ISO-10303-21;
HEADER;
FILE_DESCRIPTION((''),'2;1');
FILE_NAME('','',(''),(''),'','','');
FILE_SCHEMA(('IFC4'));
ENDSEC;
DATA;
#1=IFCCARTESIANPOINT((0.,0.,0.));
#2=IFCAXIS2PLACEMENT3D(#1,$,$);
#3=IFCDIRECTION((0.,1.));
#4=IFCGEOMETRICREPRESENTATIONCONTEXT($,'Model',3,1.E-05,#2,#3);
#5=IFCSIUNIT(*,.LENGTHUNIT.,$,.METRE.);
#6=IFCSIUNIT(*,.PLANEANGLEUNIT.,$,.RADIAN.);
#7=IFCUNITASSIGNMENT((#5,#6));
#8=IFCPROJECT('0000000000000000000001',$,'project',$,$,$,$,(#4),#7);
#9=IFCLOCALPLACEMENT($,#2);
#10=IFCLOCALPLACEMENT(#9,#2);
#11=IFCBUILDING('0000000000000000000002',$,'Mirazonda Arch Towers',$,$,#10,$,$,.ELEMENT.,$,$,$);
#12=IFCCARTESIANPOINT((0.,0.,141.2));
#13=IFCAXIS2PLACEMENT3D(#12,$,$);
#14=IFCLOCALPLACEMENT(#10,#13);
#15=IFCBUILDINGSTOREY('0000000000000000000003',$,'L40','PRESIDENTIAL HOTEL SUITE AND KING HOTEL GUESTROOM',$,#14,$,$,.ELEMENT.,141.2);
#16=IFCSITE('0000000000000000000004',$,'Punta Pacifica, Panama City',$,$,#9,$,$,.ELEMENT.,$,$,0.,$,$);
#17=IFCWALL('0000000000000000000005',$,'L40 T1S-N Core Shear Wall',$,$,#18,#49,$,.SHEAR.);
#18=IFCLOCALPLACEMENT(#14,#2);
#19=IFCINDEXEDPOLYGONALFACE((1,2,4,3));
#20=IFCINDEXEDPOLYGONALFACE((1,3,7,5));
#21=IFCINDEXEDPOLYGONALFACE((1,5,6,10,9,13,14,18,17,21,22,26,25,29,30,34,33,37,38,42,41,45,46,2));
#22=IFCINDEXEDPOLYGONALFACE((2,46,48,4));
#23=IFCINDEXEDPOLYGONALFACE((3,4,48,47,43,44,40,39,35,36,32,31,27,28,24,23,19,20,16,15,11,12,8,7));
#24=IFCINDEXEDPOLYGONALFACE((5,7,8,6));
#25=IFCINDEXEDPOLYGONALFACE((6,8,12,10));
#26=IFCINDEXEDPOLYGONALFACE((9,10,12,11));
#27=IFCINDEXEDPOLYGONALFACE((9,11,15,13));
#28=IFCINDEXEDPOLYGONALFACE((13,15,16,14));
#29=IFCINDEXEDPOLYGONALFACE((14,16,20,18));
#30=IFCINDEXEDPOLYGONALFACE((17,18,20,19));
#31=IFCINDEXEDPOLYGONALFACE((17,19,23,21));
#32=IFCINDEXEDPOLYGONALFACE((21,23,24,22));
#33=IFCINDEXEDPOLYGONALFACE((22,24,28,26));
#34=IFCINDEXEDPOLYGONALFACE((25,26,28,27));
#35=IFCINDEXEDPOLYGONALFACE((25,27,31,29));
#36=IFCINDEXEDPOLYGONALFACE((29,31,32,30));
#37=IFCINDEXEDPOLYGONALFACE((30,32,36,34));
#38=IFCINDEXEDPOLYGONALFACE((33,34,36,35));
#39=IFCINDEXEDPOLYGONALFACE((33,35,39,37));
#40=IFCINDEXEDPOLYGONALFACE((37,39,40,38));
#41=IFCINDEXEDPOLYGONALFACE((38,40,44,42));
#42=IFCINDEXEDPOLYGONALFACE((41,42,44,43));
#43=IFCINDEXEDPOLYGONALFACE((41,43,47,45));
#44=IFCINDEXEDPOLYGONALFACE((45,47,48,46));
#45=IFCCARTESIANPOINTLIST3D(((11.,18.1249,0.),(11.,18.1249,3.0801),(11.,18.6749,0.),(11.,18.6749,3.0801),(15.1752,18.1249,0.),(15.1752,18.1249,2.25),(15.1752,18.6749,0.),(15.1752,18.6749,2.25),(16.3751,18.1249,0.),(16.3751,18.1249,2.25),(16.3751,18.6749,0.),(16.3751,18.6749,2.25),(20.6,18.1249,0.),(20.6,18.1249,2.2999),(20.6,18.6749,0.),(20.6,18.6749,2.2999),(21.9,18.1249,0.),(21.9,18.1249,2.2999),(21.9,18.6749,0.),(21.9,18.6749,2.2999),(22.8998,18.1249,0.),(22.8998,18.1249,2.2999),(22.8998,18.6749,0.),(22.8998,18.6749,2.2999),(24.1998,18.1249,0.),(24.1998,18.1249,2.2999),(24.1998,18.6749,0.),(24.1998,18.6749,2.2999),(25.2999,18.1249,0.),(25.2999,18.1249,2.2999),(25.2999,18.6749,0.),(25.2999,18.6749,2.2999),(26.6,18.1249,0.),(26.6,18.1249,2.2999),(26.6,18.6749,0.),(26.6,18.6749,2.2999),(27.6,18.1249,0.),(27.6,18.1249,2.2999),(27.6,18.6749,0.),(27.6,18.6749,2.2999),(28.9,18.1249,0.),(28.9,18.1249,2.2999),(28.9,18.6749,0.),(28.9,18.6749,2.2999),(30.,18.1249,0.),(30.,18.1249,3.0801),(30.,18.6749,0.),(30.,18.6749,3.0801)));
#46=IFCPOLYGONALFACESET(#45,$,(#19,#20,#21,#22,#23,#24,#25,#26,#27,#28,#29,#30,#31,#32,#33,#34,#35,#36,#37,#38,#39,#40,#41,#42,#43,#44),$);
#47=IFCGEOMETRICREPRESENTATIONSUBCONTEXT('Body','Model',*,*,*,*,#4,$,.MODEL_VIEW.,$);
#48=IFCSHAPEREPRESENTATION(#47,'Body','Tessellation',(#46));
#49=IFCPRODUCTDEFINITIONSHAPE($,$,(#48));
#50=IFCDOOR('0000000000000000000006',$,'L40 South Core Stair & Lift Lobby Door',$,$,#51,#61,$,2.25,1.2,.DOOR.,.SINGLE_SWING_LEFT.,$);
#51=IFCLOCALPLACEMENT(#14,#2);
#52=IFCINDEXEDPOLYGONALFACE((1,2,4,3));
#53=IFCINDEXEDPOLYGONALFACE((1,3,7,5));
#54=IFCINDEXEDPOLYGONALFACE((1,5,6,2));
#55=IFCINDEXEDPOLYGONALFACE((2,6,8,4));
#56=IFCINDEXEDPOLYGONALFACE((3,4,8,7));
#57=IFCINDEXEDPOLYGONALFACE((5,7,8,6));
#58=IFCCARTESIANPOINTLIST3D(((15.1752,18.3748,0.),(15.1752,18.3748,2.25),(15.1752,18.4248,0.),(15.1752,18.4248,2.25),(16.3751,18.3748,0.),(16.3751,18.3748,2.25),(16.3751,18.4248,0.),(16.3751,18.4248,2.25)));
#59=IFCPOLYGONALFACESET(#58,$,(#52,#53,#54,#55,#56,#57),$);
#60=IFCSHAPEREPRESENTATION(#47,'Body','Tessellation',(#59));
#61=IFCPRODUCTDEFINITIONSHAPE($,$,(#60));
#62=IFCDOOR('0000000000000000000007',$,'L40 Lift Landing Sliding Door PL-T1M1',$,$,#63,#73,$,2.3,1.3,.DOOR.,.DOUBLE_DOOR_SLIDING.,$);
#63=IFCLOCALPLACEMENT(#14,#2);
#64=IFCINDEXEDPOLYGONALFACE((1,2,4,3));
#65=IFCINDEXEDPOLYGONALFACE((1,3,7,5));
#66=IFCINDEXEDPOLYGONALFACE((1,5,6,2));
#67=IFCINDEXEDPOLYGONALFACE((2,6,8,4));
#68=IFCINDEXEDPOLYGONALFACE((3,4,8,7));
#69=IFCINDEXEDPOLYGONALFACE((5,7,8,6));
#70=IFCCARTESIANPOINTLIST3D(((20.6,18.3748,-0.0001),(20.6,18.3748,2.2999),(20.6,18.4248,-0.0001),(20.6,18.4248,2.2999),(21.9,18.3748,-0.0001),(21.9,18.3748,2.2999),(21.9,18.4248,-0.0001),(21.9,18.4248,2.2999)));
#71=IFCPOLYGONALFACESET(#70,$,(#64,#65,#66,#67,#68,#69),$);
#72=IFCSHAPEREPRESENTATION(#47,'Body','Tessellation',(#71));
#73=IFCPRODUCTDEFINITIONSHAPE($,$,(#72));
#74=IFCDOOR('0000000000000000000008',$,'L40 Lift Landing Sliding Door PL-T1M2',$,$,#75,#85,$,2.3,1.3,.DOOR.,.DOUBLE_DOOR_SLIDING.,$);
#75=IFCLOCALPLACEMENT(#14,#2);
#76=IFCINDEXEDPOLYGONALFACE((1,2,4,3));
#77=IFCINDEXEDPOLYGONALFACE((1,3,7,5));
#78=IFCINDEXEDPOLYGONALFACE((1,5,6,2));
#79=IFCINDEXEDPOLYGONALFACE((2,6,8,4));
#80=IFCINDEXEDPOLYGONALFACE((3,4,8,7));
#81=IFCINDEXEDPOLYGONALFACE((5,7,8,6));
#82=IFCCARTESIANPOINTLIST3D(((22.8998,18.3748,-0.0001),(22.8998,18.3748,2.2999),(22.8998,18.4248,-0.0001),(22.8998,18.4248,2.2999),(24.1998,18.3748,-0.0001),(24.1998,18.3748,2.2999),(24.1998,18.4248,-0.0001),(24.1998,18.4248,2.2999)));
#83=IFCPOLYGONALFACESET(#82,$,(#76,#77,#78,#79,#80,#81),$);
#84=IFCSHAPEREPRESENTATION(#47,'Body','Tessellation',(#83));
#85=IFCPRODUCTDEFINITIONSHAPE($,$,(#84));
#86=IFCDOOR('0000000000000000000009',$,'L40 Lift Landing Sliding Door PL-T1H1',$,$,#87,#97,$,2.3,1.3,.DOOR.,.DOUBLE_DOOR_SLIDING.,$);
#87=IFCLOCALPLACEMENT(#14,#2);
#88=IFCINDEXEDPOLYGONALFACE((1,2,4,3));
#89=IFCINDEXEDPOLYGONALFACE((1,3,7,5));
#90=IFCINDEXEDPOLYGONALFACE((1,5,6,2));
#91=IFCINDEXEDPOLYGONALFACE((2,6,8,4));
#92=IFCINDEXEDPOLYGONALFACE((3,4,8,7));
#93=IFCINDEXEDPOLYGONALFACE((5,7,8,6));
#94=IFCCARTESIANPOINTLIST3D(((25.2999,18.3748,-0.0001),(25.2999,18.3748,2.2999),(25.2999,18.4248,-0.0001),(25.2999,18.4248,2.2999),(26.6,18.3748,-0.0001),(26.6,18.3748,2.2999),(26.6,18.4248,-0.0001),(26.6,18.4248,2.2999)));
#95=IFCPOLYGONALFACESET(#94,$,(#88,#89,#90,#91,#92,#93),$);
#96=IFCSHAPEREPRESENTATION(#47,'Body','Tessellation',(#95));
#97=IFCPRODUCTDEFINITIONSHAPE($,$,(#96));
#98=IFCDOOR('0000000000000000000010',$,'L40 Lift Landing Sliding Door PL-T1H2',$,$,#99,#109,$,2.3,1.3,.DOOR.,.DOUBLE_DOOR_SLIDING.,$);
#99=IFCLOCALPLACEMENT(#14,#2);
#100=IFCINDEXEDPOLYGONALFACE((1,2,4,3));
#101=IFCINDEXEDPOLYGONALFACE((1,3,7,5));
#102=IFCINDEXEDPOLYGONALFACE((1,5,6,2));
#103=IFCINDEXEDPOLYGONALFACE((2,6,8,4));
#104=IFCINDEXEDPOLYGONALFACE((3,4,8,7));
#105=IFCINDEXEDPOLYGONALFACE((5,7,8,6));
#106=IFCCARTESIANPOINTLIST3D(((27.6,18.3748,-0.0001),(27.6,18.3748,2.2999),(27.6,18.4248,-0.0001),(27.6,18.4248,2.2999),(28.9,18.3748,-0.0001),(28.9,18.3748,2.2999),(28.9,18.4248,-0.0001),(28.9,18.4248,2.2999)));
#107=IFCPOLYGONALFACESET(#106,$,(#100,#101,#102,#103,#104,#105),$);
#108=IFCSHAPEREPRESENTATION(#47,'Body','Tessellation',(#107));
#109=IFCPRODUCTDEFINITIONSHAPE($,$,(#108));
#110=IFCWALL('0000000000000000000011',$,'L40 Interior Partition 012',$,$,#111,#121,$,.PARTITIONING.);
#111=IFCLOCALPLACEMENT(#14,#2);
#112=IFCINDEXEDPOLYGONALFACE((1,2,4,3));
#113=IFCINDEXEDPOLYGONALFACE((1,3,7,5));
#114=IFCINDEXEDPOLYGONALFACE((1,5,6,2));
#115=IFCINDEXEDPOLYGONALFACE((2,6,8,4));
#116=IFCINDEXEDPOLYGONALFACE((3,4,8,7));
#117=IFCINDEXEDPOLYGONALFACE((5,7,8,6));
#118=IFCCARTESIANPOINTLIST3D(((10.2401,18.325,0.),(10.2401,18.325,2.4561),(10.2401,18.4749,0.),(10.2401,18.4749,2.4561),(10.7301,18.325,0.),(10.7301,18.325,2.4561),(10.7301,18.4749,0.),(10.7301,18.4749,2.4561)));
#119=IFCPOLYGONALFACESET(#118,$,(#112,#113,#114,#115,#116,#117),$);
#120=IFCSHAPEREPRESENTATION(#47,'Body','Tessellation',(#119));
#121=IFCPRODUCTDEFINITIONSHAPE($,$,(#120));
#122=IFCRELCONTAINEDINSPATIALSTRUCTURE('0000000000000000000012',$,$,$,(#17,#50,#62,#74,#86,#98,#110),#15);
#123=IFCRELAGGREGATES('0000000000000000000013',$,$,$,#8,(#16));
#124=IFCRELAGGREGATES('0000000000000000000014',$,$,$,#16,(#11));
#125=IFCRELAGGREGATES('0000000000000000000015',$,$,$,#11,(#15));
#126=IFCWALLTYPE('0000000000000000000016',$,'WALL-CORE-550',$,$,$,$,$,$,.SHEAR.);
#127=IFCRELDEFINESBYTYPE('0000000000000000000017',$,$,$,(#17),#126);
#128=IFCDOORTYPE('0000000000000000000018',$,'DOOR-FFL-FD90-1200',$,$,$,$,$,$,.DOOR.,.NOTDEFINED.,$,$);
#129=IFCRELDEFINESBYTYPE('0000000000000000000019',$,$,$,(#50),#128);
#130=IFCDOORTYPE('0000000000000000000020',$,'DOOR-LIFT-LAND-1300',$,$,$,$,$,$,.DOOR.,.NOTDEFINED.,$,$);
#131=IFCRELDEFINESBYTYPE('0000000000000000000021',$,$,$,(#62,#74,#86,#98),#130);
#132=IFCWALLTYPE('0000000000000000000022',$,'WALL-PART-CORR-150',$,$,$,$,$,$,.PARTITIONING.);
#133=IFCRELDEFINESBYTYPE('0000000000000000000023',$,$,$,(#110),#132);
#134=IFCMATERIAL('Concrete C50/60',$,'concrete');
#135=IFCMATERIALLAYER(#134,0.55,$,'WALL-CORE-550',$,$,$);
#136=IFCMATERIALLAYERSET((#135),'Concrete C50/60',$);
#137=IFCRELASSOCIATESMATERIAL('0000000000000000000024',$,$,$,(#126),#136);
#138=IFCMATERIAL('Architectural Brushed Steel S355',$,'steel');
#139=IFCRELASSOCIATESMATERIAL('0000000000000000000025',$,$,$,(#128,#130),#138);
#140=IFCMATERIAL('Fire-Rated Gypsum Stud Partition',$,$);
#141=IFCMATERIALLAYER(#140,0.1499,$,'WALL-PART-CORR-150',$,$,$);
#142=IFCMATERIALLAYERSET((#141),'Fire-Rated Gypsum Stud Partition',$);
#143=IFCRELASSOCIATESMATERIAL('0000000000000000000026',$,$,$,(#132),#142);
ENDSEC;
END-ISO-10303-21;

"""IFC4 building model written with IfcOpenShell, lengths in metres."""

from ifc_helpers import new_model, si_unit, direction, frame, frame_2d, origin, place, context, subcontext, project, spatial, rectangle, extrude, material, layer, layer_set, type_object, element, fill, save


model = new_model("IFC4")

# Units and contexts
model_context = context("Model", 3, precision=1e-05, world=origin(), true_north=direction((0.0, 1.0)))
body_context = subcontext(model_context, "Body", "Model", "MODEL_VIEW")
ifc_project = project(units=[si_unit("LENGTHUNIT", "METRE"), si_unit("PLANEANGLEUNIT", "RADIAN")], contexts=[model_context])

# Site, building, storey
site_placement = place(None, origin())
site = spatial("IfcSite", under=ifc_project, at=site_placement, Name="Punta Pacifica, Panama City", CompositionType="ELEMENT", RefElevation=0.0)
building_placement = place(site_placement, origin())
building = spatial("IfcBuilding", under=site, at=building_placement, Name="Mirazonda Arch Towers", CompositionType="ELEMENT")
storey_placement = place(building_placement, frame((0.0, 0.0, 141.2)))
storey = spatial("IfcBuildingStorey", under=building, at=storey_placement, Name="L40", Description="PRESIDENTIAL HOTEL SUITE AND KING HOTEL GUESTROOM", CompositionType="ELEMENT", Elevation=141.2)

# Shared definitions
ifc_material_1 = material(Name="Concrete C50/60", Category="concrete")

# Shared definitions
ifc_material_2 = material(Name="Architectural Brushed Steel S355", Category="steel")

# Wall, openings, doors
ifc_layer_1 = layer(ifc_material_1, 0.55, Name="WALL-CORE-550")
ifc_layer_set_1 = layer_set([ifc_layer_1], Name="Concrete C50/60")
wall_type_1 = type_object("IfcWallType", Name="WALL-CORE-550", PredefinedType="SHEAR", material=ifc_layer_set_1)
wall_1_placement = place(storey_placement, frame((11.0, 18.3999, 0.0), z_axis=(0.0, 0.0, 1.0), x_axis=(1.0, 0.0, 0.0)))
wall_1 = element("IfcWall", 1, at=wall_1_placement, inside=storey, type_object=wall_type_1, Name="L40 T1S-N Core Shear Wall", PredefinedType="SHEAR", context=body_context, shape_type="SweptSolid", body=[
    extrude(rectangle(XDim=19.0, YDim=0.55, at=frame_2d((9.5, 0.0))), origin(), (0.0, 0.0, 1.0), 3.0801),
])
opening_1_placement = place(wall_1_placement, frame((4.175, 0.0, 0.0)))
opening_1 = element("IfcOpeningElement", 2, at=opening_1_placement, cuts=wall_1, PredefinedType="OPENING", context=body_context, shape_type="SweptSolid", body=[
    extrude(rectangle(XDim=1.2, YDim=2.25, at=frame_2d((0.6001, 1.125))), frame((0.0, 0.2849, 0.0), z_axis=(0.0, -1.0, 0.0), x_axis=(1.0, 0.0, 0.0)), (0.0, 0.0, 1.0), 0.5701),
])
opening_2_placement = place(wall_1_placement, frame((9.6001, 0.0, 0.0)))
opening_2 = element("IfcOpeningElement", 3, at=opening_2_placement, cuts=wall_1, PredefinedType="OPENING", context=body_context, shape_type="SweptSolid", body=[
    extrude(rectangle(XDim=1.3, YDim=2.3, at=frame_2d((0.6499, 1.1499))), frame((0.0, 0.2849, 0.0), z_axis=(0.0, -1.0, 0.0), x_axis=(1.0, 0.0, 0.0)), (0.0, 0.0, 1.0), 0.5701),
])
opening_3_placement = place(wall_1_placement, frame((11.8999, 0.0, 0.0)))
opening_3 = element("IfcOpeningElement", 4, at=opening_3_placement, cuts=wall_1, PredefinedType="OPENING", context=body_context, shape_type="SweptSolid", body=[
    extrude(rectangle(XDim=1.3, YDim=2.3, at=frame_2d((0.6499, 1.1499))), frame((0.0, 0.2849, 0.0), z_axis=(0.0, -1.0, 0.0), x_axis=(1.0, 0.0, 0.0)), (0.0, 0.0, 1.0), 0.5701),
])
opening_4_placement = place(wall_1_placement, frame((14.3, 0.0, 0.0)))
opening_4 = element("IfcOpeningElement", 5, at=opening_4_placement, cuts=wall_1, PredefinedType="OPENING", context=body_context, shape_type="SweptSolid", body=[
    extrude(rectangle(XDim=1.3, YDim=2.3, at=frame_2d((0.6499, 1.1499))), frame((0.0, 0.2849, 0.0), z_axis=(0.0, -1.0, 0.0), x_axis=(1.0, 0.0, 0.0)), (0.0, 0.0, 1.0), 0.5701),
])
opening_5_placement = place(wall_1_placement, frame((16.6001, 0.0, 0.0)))
opening_5 = element("IfcOpeningElement", 6, at=opening_5_placement, cuts=wall_1, PredefinedType="OPENING", context=body_context, shape_type="SweptSolid", body=[
    extrude(rectangle(XDim=1.3, YDim=2.3, at=frame_2d((0.6499, 1.1499))), frame((0.0, 0.2849, 0.0), z_axis=(0.0, -1.0, 0.0), x_axis=(1.0, 0.0, 0.0)), (0.0, 0.0, 1.0), 0.5701),
])
door_type_1 = type_object("IfcDoorType", Name="DOOR-FFL-FD90-1200", OperationType="NOTDEFINED", PredefinedType="DOOR", material=ifc_material_2)
door_1_placement = place(opening_1_placement, origin())
door_1 = element("IfcDoor", 7, at=door_1_placement, inside=storey, type_object=door_type_1, Name="L40 South Core Stair & Lift Lobby Door", OperationType="SINGLE_SWING_LEFT", OverallHeight=2.25, OverallWidth=1.2, PredefinedType="DOOR", context=body_context, shape_type="SweptSolid", body=[
    extrude(rectangle(XDim=1.2, YDim=2.25, at=frame_2d((0.6001, 1.125))), frame((0.0, 0.0249, 0.0), z_axis=(0.0, -1.0, 0.0), x_axis=(1.0, 0.0, 0.0)), (0.0, 0.0, 1.0), 0.05),
])
fill(opening_1, door_1)
door_type_2 = type_object("IfcDoorType", Name="DOOR-LIFT-LAND-1300", OperationType="NOTDEFINED", PredefinedType="DOOR", material=ifc_material_2)
door_2_placement = place(opening_2_placement, origin())
door_2 = element("IfcDoor", 8, at=door_2_placement, inside=storey, type_object=door_type_2, Name="L40 Lift Landing Sliding Door PL-T1M1", OperationType="DOUBLE_DOOR_SLIDING", OverallHeight=2.3, OverallWidth=1.3, PredefinedType="DOOR", context=body_context, shape_type="SweptSolid", body=[
    extrude(rectangle(XDim=1.3, YDim=2.3, at=frame_2d((0.6499, 1.1499))), frame((0.0, 0.0249, 0.0), z_axis=(0.0, -1.0, 0.0), x_axis=(1.0, 0.0, 0.0)), (0.0, 0.0, 1.0), 0.05),
])
fill(opening_2, door_2)
door_3_placement = place(opening_3_placement, origin())
door_3 = element("IfcDoor", 9, at=door_3_placement, inside=storey, type_object=door_type_2, Name="L40 Lift Landing Sliding Door PL-T1M2", OperationType="DOUBLE_DOOR_SLIDING", OverallHeight=2.3, OverallWidth=1.3, PredefinedType="DOOR", context=body_context, shape_type="SweptSolid", body=[
    extrude(rectangle(XDim=1.3, YDim=2.3, at=frame_2d((0.6499, 1.1499))), frame((0.0, 0.0249, 0.0), z_axis=(0.0, -1.0, 0.0), x_axis=(1.0, 0.0, 0.0)), (0.0, 0.0, 1.0), 0.05),
])
fill(opening_3, door_3)
door_4_placement = place(opening_4_placement, origin())
door_4 = element("IfcDoor", 10, at=door_4_placement, inside=storey, type_object=door_type_2, Name="L40 Lift Landing Sliding Door PL-T1H1", OperationType="DOUBLE_DOOR_SLIDING", OverallHeight=2.3, OverallWidth=1.3, PredefinedType="DOOR", context=body_context, shape_type="SweptSolid", body=[
    extrude(rectangle(XDim=1.3, YDim=2.3, at=frame_2d((0.6499, 1.1499))), frame((0.0, 0.0249, 0.0), z_axis=(0.0, -1.0, 0.0), x_axis=(1.0, 0.0, 0.0)), (0.0, 0.0, 1.0), 0.05),
])
fill(opening_4, door_4)
door_5_placement = place(opening_5_placement, origin())
door_5 = element("IfcDoor", 11, at=door_5_placement, inside=storey, type_object=door_type_2, Name="L40 Lift Landing Sliding Door PL-T1H2", OperationType="DOUBLE_DOOR_SLIDING", OverallHeight=2.3, OverallWidth=1.3, PredefinedType="DOOR", context=body_context, shape_type="SweptSolid", body=[
    extrude(rectangle(XDim=1.3, YDim=2.3, at=frame_2d((0.6499, 1.1499))), frame((0.0, 0.0249, 0.0), z_axis=(0.0, -1.0, 0.0), x_axis=(1.0, 0.0, 0.0)), (0.0, 0.0, 1.0), 0.05),
])
fill(opening_5, door_5)

# Wall
ifc_material_3 = material(Name="Fire-Rated Gypsum Stud Partition")
ifc_layer_2 = layer(ifc_material_3, 0.1499, Name="WALL-PART-CORR-150")
ifc_layer_set_2 = layer_set([ifc_layer_2], Name="Fire-Rated Gypsum Stud Partition")
wall_type_2 = type_object("IfcWallType", Name="WALL-PART-CORR-150", PredefinedType="PARTITIONING", material=ifc_layer_set_2)
wall_2_placement = place(storey_placement, frame((10.24, 18.3999, 0.0), z_axis=(0.0, 0.0, 1.0), x_axis=(1.0, 0.0, 0.0)))
element("IfcWall", 12, at=wall_2_placement, inside=storey, type_object=wall_type_2, Name="L40 Interior Partition 012", PredefinedType="PARTITIONING", context=body_context, shape_type="SweptSolid", body=[
    extrude(rectangle(XDim=0.49, YDim=0.1499, at=frame_2d((0.2451, 0.0))), origin(), (0.0, 0.0, 1.0), 2.4561),
])

save(model, "model.ifc")
